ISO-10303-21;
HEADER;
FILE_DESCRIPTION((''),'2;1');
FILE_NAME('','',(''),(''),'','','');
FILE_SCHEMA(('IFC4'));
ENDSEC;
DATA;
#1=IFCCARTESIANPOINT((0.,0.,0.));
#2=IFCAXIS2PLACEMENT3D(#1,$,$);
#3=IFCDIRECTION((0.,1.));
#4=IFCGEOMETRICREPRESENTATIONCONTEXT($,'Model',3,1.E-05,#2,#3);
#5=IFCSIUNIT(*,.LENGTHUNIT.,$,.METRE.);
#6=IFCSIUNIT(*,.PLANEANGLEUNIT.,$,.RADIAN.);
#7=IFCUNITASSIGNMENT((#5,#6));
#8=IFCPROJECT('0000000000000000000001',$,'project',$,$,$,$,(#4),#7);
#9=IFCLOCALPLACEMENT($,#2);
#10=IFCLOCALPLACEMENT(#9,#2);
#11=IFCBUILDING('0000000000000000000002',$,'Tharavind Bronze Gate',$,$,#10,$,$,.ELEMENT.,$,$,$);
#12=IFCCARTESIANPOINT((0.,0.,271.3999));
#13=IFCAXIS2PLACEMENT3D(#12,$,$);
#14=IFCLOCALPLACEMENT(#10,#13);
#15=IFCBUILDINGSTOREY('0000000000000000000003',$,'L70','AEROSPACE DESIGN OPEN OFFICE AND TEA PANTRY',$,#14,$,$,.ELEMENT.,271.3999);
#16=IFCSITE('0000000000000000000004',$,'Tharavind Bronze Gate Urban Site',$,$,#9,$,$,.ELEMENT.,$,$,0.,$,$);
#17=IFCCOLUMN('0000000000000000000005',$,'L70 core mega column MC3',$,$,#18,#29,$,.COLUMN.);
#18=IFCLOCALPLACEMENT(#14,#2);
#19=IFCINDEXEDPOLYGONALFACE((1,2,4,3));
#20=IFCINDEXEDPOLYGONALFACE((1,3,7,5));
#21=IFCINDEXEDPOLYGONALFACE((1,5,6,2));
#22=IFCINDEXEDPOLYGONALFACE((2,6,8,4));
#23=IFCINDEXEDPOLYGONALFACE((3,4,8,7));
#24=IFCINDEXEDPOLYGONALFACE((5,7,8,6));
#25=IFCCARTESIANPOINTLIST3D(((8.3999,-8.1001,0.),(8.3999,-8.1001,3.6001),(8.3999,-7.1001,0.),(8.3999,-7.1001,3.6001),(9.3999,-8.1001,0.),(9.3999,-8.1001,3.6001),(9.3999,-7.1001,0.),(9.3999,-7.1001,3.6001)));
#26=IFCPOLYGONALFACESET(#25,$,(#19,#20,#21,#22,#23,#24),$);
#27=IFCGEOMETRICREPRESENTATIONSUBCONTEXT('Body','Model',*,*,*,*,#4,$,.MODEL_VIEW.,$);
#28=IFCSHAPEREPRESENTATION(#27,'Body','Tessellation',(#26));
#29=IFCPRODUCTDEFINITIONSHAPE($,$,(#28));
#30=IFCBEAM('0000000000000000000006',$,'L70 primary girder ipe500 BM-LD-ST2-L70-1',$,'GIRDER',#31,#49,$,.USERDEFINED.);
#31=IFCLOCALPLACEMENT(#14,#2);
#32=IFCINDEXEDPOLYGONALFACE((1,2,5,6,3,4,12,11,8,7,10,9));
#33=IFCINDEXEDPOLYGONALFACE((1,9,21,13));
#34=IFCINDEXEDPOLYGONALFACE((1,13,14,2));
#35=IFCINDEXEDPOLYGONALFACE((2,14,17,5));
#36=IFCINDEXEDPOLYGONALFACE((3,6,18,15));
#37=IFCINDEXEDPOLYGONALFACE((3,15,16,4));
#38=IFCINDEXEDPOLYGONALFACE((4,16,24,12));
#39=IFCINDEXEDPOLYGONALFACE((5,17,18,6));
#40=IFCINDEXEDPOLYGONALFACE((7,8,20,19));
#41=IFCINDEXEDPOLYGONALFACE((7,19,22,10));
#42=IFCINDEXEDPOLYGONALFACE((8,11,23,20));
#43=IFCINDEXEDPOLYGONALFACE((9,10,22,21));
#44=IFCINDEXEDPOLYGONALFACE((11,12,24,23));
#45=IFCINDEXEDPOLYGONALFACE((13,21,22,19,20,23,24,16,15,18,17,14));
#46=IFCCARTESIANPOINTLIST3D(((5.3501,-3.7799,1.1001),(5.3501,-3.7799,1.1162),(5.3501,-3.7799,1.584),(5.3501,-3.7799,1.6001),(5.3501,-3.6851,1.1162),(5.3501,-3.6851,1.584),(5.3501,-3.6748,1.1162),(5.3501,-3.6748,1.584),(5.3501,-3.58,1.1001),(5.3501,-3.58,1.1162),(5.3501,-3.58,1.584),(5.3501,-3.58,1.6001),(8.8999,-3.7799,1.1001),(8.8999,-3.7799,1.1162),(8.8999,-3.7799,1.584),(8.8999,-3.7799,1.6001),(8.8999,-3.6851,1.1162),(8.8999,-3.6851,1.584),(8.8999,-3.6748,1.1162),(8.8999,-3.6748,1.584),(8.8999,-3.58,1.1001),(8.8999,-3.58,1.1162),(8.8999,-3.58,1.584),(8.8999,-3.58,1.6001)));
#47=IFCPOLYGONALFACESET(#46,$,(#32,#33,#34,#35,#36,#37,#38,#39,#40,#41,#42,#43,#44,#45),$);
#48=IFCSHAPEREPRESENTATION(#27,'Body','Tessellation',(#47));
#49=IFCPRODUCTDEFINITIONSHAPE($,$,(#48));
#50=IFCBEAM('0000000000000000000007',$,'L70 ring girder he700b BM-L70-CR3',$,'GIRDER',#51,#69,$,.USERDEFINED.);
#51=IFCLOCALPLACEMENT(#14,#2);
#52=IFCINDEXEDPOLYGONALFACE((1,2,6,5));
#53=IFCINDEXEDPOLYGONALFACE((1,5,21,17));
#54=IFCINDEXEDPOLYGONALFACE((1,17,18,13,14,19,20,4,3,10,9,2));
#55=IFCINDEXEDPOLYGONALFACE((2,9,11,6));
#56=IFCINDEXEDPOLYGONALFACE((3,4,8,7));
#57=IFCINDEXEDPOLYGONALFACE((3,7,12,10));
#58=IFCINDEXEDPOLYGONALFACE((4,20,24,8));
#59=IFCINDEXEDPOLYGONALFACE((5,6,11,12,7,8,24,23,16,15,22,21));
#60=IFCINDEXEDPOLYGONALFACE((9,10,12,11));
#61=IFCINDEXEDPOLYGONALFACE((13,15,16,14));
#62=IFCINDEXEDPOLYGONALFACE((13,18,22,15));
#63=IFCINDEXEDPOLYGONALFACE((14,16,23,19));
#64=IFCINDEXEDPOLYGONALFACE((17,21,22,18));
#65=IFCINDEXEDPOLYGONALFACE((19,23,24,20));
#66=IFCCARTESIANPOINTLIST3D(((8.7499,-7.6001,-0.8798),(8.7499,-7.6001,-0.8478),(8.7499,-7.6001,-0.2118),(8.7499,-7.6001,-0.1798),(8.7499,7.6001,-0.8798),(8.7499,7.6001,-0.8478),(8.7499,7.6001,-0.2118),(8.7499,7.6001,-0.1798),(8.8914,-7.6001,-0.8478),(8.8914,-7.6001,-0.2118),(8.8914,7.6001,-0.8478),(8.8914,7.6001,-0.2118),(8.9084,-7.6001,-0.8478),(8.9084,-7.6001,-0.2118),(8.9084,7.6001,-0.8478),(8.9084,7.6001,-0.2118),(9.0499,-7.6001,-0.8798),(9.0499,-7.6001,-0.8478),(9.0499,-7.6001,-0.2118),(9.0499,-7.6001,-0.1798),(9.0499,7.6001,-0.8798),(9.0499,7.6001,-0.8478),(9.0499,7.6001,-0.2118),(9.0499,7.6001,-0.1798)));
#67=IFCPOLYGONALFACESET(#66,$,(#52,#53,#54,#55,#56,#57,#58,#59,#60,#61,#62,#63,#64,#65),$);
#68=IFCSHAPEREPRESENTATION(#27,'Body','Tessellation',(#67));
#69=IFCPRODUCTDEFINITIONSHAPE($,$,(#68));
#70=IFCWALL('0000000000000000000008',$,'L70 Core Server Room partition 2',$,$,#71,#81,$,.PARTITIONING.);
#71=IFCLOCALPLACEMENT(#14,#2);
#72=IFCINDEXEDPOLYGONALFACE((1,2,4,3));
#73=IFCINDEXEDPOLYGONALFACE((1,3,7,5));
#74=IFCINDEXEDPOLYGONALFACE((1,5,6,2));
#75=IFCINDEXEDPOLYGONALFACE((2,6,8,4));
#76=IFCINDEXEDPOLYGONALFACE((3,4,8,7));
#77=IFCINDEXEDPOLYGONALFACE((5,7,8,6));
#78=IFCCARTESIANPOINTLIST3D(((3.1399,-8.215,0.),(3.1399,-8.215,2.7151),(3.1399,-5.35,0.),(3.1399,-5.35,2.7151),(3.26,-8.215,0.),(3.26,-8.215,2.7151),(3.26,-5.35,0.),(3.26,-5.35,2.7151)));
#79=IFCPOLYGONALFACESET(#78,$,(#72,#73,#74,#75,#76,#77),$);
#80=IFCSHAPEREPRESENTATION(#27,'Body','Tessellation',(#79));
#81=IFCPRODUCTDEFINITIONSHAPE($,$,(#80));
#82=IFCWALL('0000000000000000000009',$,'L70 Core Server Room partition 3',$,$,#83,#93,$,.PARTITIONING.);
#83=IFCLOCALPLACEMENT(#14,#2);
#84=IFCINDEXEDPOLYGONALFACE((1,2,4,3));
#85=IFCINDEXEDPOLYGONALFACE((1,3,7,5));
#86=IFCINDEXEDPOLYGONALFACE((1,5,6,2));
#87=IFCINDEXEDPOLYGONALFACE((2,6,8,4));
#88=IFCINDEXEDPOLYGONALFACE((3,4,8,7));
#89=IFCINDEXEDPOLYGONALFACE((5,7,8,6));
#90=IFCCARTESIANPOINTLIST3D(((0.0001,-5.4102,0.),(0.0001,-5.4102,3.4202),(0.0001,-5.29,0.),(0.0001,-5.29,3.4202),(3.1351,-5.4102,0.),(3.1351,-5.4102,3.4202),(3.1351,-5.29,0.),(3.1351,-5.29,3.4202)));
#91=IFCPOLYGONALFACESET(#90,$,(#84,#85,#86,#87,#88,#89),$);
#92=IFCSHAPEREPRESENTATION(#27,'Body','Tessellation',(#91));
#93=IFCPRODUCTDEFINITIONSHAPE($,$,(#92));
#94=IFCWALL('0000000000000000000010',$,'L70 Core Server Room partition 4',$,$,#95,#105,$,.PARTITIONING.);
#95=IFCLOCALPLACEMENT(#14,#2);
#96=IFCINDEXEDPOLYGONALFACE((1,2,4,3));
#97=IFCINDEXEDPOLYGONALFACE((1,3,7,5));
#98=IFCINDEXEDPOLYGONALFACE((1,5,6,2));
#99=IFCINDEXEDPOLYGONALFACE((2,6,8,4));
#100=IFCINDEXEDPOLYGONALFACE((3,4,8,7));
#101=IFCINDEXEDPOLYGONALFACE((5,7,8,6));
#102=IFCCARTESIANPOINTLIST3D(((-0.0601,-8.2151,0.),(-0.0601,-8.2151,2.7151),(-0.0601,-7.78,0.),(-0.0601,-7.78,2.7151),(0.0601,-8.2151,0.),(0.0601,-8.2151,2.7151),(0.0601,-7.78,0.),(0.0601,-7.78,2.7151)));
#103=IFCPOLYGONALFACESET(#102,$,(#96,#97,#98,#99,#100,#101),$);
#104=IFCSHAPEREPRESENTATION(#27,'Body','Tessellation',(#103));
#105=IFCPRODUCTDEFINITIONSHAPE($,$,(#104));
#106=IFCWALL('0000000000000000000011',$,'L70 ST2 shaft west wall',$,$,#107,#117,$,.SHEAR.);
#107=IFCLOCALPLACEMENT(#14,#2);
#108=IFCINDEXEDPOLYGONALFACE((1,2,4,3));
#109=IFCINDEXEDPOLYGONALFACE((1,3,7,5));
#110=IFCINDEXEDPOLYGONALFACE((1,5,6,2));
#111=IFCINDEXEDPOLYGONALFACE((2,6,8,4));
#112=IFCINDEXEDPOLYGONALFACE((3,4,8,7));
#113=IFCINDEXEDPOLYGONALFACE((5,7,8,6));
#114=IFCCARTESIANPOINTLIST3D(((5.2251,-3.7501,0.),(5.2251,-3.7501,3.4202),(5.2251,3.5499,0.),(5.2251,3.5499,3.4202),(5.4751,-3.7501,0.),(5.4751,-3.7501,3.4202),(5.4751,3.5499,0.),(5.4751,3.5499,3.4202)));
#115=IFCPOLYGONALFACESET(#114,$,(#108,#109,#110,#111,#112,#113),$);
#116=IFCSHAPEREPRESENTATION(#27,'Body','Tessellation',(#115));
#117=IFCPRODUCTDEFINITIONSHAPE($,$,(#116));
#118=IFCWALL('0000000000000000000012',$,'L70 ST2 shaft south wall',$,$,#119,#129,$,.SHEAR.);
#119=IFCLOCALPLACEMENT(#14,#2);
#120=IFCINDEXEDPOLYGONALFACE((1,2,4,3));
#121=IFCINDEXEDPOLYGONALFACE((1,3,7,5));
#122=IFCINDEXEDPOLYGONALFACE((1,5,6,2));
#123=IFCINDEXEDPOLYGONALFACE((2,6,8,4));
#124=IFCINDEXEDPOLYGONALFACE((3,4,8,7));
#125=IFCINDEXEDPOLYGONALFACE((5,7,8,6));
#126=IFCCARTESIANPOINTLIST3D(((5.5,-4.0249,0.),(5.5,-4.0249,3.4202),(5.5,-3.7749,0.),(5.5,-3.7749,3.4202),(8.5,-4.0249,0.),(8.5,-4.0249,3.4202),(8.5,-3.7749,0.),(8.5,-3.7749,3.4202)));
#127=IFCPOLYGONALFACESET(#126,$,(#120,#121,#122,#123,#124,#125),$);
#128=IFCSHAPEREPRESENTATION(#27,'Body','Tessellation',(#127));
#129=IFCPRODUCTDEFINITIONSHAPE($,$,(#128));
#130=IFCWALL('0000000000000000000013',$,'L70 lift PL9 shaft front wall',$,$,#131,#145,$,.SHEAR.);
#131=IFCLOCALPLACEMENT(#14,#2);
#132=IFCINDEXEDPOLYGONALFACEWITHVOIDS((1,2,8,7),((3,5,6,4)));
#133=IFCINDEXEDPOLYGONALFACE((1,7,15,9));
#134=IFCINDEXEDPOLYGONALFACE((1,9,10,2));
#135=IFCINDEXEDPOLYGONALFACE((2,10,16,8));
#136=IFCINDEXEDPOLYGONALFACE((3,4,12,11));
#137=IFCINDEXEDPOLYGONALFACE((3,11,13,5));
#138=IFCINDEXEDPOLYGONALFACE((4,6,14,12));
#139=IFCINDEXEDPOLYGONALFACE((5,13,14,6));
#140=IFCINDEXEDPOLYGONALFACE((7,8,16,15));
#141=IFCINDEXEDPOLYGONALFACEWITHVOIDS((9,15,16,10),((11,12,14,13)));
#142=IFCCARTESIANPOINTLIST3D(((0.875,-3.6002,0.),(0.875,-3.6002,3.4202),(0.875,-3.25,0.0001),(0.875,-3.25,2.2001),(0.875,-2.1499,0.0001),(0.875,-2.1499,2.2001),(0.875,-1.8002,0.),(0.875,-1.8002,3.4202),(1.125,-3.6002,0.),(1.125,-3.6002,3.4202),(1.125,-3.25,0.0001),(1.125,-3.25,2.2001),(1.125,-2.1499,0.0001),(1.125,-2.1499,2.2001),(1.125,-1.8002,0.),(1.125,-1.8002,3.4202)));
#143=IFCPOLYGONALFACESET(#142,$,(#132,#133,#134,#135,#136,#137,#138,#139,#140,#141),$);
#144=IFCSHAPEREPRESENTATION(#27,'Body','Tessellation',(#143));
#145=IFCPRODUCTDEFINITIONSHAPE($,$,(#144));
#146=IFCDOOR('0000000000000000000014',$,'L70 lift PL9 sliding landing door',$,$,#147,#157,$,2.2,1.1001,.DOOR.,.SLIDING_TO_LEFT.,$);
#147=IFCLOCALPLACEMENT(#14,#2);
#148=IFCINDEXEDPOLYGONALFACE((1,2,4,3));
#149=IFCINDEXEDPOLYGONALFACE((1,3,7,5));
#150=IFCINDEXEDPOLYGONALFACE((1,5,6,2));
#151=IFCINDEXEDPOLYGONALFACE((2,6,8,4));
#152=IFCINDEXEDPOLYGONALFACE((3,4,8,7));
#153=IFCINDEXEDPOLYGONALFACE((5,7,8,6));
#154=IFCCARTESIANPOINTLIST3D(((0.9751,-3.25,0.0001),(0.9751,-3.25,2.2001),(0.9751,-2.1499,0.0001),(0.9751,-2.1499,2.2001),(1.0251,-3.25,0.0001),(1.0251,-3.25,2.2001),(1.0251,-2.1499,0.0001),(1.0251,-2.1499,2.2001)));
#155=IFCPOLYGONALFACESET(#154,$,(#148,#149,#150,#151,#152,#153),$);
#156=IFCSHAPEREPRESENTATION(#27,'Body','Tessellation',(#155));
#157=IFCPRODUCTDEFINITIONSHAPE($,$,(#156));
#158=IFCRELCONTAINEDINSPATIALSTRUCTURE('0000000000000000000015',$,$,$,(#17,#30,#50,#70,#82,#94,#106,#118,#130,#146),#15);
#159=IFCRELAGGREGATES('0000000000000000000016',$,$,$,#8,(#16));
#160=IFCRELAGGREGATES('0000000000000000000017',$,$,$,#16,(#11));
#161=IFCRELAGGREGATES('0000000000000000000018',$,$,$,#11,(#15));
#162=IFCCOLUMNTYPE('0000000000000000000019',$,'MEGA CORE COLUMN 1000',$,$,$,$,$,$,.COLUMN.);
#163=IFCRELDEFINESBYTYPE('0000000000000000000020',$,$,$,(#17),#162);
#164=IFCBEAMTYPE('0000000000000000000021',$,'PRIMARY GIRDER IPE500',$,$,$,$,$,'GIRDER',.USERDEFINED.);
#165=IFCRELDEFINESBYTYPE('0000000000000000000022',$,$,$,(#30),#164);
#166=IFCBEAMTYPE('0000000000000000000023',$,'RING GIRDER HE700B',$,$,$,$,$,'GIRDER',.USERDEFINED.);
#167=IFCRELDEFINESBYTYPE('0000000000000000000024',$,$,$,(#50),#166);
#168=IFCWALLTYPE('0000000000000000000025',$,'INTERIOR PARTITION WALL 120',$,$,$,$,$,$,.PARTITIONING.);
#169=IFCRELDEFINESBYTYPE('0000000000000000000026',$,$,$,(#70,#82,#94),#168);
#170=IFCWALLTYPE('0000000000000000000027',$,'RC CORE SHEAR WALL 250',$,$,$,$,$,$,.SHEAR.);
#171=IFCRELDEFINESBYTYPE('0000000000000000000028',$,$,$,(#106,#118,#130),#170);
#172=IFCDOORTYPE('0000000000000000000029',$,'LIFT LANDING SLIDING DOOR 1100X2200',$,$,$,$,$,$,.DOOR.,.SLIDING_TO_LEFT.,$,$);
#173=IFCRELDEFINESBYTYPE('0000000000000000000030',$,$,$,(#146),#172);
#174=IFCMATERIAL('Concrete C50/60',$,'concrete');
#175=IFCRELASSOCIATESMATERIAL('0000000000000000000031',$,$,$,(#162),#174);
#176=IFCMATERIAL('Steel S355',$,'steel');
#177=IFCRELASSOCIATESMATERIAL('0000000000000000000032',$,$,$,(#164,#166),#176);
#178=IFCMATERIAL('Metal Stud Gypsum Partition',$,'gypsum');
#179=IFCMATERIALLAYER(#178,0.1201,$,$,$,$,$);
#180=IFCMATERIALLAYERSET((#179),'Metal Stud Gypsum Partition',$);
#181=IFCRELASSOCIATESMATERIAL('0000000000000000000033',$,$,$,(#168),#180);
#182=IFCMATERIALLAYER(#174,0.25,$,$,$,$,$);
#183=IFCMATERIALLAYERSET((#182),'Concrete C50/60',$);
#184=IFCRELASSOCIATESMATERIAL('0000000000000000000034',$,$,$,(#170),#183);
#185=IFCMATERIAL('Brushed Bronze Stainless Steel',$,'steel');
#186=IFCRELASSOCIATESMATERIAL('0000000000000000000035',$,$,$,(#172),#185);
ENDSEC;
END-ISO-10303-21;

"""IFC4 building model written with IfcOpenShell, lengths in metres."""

from ifc_helpers import new_model, si_unit, direction, frame, frame_2d, origin, origin_2d, place, context, subcontext, project, spatial, rectangle, i_section, extrude, material, layer, layer_set, material_profile, profile_set, type_object, element, fill, save


model = new_model("IFC4")

# Units and contexts
model_context = context("Model", 3, precision=1e-05, world=origin(), true_north=direction((0.0, 1.0)))
body_context = subcontext(model_context, "Body", "Model", "MODEL_VIEW")
ifc_project = project(units=[si_unit("LENGTHUNIT", "METRE"), si_unit("PLANEANGLEUNIT", "RADIAN")], contexts=[model_context])

# Site, building, storey
site_placement = place(None, origin())
site = spatial("IfcSite", under=ifc_project, at=site_placement, Name="Tharavind Bronze Gate Urban Site", CompositionType="ELEMENT", RefElevation=0.0)
building_placement = place(site_placement, origin())
building = spatial("IfcBuilding", under=site, at=building_placement, Name="Tharavind Bronze Gate", CompositionType="ELEMENT")
storey_placement = place(building_placement, frame((0.0, 0.0, 271.3999)))
storey = spatial("IfcBuildingStorey", under=building, at=storey_placement, Name="L70", Description="AEROSPACE DESIGN OPEN OFFICE AND TEA PANTRY", CompositionType="ELEMENT", Elevation=271.3999)

# Column
ifc_material_1 = material(Name="Concrete C50/60", Category="concrete")
ifc_material_profile_1 = material_profile(ifc_material_1, rectangle(XDim=1.0, YDim=1.0, at=origin_2d()), Name="RCCOL1000")
ifc_profile_set_1 = profile_set([ifc_material_profile_1], Name="Concrete C50/60")
column_type = type_object("IfcColumnType", Name="MEGA CORE COLUMN 1000", PredefinedType="COLUMN", material=ifc_profile_set_1)
column_placement = place(storey_placement, frame((8.8999, -7.6001, 0.0), z_axis=(0.0, 0.0, 1.0), x_axis=(1.0, 0.0, 0.0)))
element("IfcColumn", 1, at=column_placement, inside=storey, type_object=column_type, Name="L70 core mega column MC3", PredefinedType="COLUMN", context=body_context, shape_type="SweptSolid", body=[
    extrude(rectangle(XDim=1.0, YDim=1.0, at=origin_2d()), origin(), (0.0, 0.0, 1.0), 3.6001),
])

# Beams
ifc_material_2 = material(Name="Steel S355", Category="steel")
ifc_material_profile_2 = material_profile(ifc_material_2, i_section(OverallWidth=0.2, OverallDepth=0.5, WebThickness=0.0103, FlangeThickness=0.0161, at=origin_2d()), Name="IPE500")
ifc_profile_set_2 = profile_set([ifc_material_profile_2], Name="Steel S355")
beam_type_1 = type_object("IfcBeamType", Name="PRIMARY GIRDER IPE500", ElementType="GIRDER", PredefinedType="USERDEFINED", material=ifc_profile_set_2)
beam_1_placement = place(storey_placement, frame((5.3501, -3.6799, 1.3501), z_axis=(1.0, 0.0, 0.0), x_axis=(0.0, 1.0, 0.0)))
element("IfcBeam", 2, at=beam_1_placement, inside=storey, type_object=beam_type_1, Name="L70 primary girder ipe500 BM-LD-ST2-L70-1", ObjectType="GIRDER", PredefinedType="USERDEFINED", context=body_context, shape_type="SweptSolid", body=[
    extrude(i_section(OverallWidth=0.2, OverallDepth=0.5, WebThickness=0.0103, FlangeThickness=0.0161, at=origin_2d()), origin(), (0.0, 0.0, 1.0), 3.5498),
])
ifc_material_profile_3 = material_profile(ifc_material_2, i_section(OverallWidth=0.3, OverallDepth=0.7, WebThickness=0.0171, FlangeThickness=0.032, at=origin_2d()), Name="HE700B")
ifc_profile_set_3 = profile_set([ifc_material_profile_3], Name="Steel S355")
beam_type_2 = type_object("IfcBeamType", Name="RING GIRDER HE700B", ElementType="GIRDER", PredefinedType="USERDEFINED", material=ifc_profile_set_3)
beam_2_placement = place(storey_placement, frame((8.8999, -7.6001, -0.5298), z_axis=(0.0, 1.0, 0.0), x_axis=(-1.0, 0.0, 0.0)))
element("IfcBeam", 3, at=beam_2_placement, inside=storey, type_object=beam_type_2, Name="L70 ring girder he700b BM-L70-CR3", ObjectType="GIRDER", PredefinedType="USERDEFINED", context=body_context, shape_type="SweptSolid", body=[
    extrude(i_section(OverallWidth=0.3, OverallDepth=0.7, WebThickness=0.0171, FlangeThickness=0.032, at=origin_2d()), origin(), (0.0, 0.0, 1.0), 15.2002),
])

# Walls
ifc_material_3 = material(Name="Metal Stud Gypsum Partition", Category="gypsum")
ifc_layer_1 = layer(ifc_material_3, 0.1201)
ifc_layer_set_1 = layer_set([ifc_layer_1], Name="Metal Stud Gypsum Partition")
wall_type_1 = type_object("IfcWallType", Name="INTERIOR PARTITION WALL 120", PredefinedType="PARTITIONING", material=ifc_layer_set_1)
wall_1_placement = place(storey_placement, frame((3.2, -8.2151, 0.0), z_axis=(0.0, 0.0, 1.0), x_axis=(0.0, 1.0, 0.0)))
element("IfcWall", 4, at=wall_1_placement, inside=storey, type_object=wall_type_1, Name="L70 Core Server Room partition 2", PredefinedType="PARTITIONING", context=body_context, shape_type="SweptSolid", body=[
    extrude(rectangle(XDim=2.865, YDim=0.1201, at=frame_2d((1.4326, 0.0))), origin(), (0.0, 0.0, 1.0), 2.7151),
])
wall_2_placement = place(storey_placement, frame((3.135, -5.3501, 0.0), z_axis=(0.0, 0.0, 1.0), x_axis=(-1.0, 0.0, 0.0)))
element("IfcWall", 5, at=wall_2_placement, inside=storey, type_object=wall_type_1, Name="L70 Core Server Room partition 3", PredefinedType="PARTITIONING", context=body_context, shape_type="SweptSolid", body=[
    extrude(rectangle(XDim=3.135, YDim=0.1201, at=frame_2d((1.5674, 0.0))), origin(), (0.0, 0.0, 1.0), 3.4202),
])
wall_3_placement = place(storey_placement, frame((0.0, -7.78, 0.0), z_axis=(0.0, 0.0, 1.0), x_axis=(0.0, -1.0, 0.0)))
element("IfcWall", 6, at=wall_3_placement, inside=storey, type_object=wall_type_1, Name="L70 Core Server Room partition 4", PredefinedType="PARTITIONING", context=body_context, shape_type="SweptSolid", body=[
    extrude(rectangle(XDim=0.4351, YDim=0.1201, at=frame_2d((0.2175, 0.0))), origin(), (0.0, 0.0, 1.0), 2.7151),
])
ifc_layer_2 = layer(ifc_material_1, 0.25)
ifc_layer_set_2 = layer_set([ifc_layer_2], Name="Concrete C50/60")
wall_type_2 = type_object("IfcWallType", Name="RC CORE SHEAR WALL 250", PredefinedType="SHEAR", material=ifc_layer_set_2)
wall_4_placement = place(storey_placement, frame((5.3501, -3.75, 0.0), z_axis=(0.0, 0.0, 1.0), x_axis=(0.0, 1.0, 0.0)))
element("IfcWall", 7, at=wall_4_placement, inside=storey, type_object=wall_type_2, Name="L70 ST2 shaft west wall", PredefinedType="SHEAR", context=body_context, shape_type="SweptSolid", body=[
    extrude(rectangle(XDim=7.3, YDim=0.25, at=frame_2d((3.6499, 0.0))), origin(), (0.0, 0.0, 1.0), 3.4202),
])
wall_5_placement = place(storey_placement, frame((5.5, -3.8999, 0.0), z_axis=(0.0, 0.0, 1.0), x_axis=(1.0, 0.0, 0.0)))
element("IfcWall", 8, at=wall_5_placement, inside=storey, type_object=wall_type_2, Name="L70 ST2 shaft south wall", PredefinedType="SHEAR", context=body_context, shape_type="SweptSolid", body=[
    extrude(rectangle(XDim=3.0, YDim=0.25, at=frame_2d((1.5, 0.0))), origin(), (0.0, 0.0, 1.0), 3.4202),
])

# Wall, opening, door
wall_6_placement = place(storey_placement, frame((1.0, -3.6001, 0.0), z_axis=(0.0, 0.0, 1.0), x_axis=(0.0, 1.0, 0.0)))
wall_6 = element("IfcWall", 9, at=wall_6_placement, inside=storey, type_object=wall_type_2, Name="L70 lift PL9 shaft front wall", PredefinedType="SHEAR", context=body_context, shape_type="SweptSolid", body=[
    extrude(rectangle(XDim=1.8, YDim=0.25, at=frame_2d((0.8999, 0.0))), origin(), (0.0, 0.0, 1.0), 3.4202),
])
opening_1_placement = place(wall_6_placement, frame((0.3501, 0.0, 0.0)))
opening_1 = element("IfcOpeningElement", 10, at=opening_1_placement, cuts=wall_6, PredefinedType="OPENING", context=body_context, shape_type="SweptSolid", body=[
    extrude(rectangle(XDim=1.1001, YDim=2.2, at=frame_2d((0.55, 1.1001))), frame((0.0, 0.135, 0.0), z_axis=(0.0, -1.0, 0.0), x_axis=(1.0, 0.0, 0.0)), (0.0, 0.0, 1.0), 0.27),
])
ifc_material_4 = material(Name="Brushed Bronze Stainless Steel", Category="steel")
door_type = type_object("IfcDoorType", Name="LIFT LANDING SLIDING DOOR 1100X2200", OperationType="SLIDING_TO_LEFT", PredefinedType="DOOR", material=ifc_material_4)
door_1_placement = place(opening_1_placement, origin())
door_1 = element("IfcDoor", 11, at=door_1_placement, inside=storey, type_object=door_type, Name="L70 lift PL9 sliding landing door", OperationType="SLIDING_TO_LEFT", OverallHeight=2.2, OverallWidth=1.1001, PredefinedType="DOOR", context=body_context, shape_type="SweptSolid", body=[
    extrude(rectangle(XDim=1.1001, YDim=2.2, at=frame_2d((0.55, 1.1001))), frame((0.0, 0.0249, 0.0), z_axis=(0.0, -1.0, 0.0), x_axis=(1.0, 0.0, 0.0)), (0.0, 0.0, 1.0), 0.05),
])
fill(opening_1, door_1)

save(model, "model.ifc")
